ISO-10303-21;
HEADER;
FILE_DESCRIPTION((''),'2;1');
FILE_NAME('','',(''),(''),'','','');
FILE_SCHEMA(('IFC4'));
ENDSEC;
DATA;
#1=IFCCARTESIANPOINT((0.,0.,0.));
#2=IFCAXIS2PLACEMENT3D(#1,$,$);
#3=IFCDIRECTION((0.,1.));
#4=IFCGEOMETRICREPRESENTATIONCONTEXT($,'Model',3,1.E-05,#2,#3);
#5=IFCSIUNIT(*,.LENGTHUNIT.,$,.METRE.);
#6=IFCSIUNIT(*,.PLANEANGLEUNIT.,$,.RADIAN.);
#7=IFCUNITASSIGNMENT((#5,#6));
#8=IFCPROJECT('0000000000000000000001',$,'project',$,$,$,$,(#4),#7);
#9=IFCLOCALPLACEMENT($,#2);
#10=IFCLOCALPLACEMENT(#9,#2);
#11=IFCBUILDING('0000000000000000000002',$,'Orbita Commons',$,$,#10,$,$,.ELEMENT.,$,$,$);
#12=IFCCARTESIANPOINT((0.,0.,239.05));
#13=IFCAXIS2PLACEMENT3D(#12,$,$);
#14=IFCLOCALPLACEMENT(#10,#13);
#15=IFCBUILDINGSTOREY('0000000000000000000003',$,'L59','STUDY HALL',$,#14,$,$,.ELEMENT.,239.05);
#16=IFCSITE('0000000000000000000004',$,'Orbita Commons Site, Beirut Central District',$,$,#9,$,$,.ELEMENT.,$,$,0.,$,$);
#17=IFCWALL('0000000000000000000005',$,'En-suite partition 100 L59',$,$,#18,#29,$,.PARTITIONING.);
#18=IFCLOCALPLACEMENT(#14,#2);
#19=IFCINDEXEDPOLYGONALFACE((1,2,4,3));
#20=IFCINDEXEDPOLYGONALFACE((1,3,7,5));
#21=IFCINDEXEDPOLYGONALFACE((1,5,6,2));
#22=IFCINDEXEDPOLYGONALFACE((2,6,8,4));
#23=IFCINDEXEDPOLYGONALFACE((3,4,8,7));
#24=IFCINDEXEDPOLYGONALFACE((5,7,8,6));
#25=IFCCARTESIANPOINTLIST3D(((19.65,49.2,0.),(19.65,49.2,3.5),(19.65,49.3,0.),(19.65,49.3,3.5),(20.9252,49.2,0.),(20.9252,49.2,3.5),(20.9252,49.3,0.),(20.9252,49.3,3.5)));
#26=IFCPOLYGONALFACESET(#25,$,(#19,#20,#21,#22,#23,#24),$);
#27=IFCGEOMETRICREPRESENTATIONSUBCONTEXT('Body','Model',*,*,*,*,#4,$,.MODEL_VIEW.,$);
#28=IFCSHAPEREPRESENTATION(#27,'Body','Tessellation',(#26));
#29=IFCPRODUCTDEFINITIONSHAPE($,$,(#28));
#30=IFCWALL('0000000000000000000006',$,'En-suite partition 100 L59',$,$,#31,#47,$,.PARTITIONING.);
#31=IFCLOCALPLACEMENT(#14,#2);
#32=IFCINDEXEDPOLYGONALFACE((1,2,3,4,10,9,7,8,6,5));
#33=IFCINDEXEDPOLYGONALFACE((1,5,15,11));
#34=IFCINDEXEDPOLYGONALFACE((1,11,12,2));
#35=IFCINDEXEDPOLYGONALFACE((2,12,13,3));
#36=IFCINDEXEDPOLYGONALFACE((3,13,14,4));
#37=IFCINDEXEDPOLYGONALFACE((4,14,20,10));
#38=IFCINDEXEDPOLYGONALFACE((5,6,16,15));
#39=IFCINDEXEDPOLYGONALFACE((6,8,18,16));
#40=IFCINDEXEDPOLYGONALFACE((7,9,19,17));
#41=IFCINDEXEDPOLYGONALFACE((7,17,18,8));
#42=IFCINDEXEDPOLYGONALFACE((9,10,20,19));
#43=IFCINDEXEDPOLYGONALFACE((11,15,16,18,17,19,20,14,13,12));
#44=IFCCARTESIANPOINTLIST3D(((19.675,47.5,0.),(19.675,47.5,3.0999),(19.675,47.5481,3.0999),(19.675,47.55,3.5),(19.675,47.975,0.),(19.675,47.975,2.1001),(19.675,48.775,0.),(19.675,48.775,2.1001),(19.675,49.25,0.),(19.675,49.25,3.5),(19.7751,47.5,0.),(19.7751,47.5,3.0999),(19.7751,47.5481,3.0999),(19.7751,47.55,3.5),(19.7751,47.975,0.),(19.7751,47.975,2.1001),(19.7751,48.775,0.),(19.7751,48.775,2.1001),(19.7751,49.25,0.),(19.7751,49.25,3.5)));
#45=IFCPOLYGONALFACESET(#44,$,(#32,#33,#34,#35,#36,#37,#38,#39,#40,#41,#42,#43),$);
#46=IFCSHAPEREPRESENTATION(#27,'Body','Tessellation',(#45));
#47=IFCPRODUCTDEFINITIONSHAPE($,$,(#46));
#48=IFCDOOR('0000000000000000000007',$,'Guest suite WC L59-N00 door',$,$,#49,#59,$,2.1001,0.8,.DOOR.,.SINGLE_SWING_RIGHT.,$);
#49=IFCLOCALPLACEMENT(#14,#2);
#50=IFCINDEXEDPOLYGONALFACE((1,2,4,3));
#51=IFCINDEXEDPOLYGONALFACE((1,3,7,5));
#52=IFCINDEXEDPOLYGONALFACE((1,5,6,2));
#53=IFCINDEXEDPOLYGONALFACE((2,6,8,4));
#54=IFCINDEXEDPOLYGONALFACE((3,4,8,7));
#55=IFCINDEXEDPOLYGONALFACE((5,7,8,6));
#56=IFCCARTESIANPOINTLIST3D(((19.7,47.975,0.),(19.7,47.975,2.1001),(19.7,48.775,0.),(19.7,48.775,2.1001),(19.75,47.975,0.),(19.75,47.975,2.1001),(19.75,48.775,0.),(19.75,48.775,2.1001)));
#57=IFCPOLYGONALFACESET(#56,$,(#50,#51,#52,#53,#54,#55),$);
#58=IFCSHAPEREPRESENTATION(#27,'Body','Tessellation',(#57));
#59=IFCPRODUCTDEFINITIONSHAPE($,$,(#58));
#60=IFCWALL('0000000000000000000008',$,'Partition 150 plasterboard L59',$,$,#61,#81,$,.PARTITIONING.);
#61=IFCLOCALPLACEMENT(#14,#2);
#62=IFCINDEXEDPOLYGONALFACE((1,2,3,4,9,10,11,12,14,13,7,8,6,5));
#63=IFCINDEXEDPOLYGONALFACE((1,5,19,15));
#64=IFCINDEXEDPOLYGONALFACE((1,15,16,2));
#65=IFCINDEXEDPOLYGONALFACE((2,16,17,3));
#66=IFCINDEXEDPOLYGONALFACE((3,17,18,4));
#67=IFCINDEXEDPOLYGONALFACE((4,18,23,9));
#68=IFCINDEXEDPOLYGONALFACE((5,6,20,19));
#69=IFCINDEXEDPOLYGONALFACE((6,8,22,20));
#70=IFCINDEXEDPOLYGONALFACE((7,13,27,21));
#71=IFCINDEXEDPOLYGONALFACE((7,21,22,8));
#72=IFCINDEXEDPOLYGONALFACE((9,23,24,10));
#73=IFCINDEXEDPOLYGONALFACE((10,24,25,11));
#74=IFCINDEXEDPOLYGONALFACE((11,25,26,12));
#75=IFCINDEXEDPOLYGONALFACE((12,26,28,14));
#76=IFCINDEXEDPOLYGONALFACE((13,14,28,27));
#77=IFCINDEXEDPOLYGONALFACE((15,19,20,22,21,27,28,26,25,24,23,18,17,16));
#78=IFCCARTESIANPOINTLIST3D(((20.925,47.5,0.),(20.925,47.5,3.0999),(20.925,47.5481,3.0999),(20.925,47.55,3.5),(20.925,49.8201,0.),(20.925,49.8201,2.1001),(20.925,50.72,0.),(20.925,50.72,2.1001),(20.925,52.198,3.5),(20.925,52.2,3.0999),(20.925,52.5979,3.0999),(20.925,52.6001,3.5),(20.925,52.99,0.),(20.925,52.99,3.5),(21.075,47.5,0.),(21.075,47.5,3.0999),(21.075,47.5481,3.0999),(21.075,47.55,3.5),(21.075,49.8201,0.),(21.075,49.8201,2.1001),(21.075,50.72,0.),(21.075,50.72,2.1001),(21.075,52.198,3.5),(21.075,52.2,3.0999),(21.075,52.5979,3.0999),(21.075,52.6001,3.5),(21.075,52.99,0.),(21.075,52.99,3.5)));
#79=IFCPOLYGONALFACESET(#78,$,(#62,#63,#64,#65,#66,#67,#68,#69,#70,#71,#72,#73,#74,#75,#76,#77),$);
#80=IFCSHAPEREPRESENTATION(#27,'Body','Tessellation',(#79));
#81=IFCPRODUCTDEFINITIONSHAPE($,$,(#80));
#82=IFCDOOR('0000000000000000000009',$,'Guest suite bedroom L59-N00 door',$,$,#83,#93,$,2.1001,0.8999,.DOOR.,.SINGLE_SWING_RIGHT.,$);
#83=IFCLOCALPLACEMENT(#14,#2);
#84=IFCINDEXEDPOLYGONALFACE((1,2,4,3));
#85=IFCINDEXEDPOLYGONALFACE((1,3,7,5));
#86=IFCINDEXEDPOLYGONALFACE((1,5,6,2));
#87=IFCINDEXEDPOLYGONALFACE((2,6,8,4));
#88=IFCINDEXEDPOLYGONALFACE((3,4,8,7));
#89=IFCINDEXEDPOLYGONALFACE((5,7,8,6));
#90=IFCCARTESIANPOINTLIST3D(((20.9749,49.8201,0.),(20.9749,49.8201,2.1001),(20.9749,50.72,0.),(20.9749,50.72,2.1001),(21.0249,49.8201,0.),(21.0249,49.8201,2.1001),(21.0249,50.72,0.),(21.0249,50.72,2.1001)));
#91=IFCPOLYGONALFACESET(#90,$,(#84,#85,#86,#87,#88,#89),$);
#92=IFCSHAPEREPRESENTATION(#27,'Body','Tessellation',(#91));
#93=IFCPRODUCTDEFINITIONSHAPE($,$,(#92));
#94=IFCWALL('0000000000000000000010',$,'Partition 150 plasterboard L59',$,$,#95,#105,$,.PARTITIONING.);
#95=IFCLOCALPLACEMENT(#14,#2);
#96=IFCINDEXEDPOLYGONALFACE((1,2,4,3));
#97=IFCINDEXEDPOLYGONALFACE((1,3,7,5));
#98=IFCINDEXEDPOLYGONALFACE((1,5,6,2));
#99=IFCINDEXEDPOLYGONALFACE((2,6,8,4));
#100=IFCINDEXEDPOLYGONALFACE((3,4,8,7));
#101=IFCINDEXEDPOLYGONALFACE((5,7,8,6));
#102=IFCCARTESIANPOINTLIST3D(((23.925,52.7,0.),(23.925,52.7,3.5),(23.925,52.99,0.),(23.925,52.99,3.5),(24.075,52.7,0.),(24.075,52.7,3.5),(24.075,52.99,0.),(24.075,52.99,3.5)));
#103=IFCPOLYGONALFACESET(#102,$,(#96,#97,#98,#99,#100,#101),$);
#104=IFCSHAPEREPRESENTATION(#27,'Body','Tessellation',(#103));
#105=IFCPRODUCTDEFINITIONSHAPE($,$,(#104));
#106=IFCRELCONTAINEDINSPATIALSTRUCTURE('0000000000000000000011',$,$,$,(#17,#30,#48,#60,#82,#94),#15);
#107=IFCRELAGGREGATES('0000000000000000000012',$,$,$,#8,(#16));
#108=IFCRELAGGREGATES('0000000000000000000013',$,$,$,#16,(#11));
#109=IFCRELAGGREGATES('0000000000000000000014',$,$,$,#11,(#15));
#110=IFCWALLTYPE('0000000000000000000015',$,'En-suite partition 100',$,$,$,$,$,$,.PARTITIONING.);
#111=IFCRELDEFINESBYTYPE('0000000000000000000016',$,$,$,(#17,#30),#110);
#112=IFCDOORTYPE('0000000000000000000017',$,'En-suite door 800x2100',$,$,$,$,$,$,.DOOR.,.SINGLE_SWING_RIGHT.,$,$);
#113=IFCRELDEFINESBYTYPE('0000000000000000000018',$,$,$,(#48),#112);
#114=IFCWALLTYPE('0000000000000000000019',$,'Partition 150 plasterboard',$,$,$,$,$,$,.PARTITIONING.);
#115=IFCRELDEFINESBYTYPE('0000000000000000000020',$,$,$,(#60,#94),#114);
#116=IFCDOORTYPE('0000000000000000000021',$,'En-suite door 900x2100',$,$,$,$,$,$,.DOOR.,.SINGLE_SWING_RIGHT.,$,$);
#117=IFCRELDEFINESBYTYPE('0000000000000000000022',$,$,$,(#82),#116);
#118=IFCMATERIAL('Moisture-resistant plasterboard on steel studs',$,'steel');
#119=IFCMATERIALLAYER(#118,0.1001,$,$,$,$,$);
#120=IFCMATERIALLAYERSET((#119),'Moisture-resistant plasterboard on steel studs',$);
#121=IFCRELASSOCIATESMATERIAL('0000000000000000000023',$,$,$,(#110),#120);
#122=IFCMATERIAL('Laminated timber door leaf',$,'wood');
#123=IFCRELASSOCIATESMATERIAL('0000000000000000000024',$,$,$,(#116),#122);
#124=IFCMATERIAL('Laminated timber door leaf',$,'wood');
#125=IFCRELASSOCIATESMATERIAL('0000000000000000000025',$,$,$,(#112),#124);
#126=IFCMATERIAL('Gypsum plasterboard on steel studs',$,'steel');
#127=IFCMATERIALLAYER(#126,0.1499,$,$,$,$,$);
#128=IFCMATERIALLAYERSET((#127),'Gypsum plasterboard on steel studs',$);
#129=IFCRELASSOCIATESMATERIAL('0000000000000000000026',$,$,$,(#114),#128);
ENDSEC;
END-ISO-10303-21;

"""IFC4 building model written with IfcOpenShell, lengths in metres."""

from ifc_helpers import new_model, si_unit, direction, frame, frame_2d, origin, place, context, subcontext, project, spatial, polyline, rectangle, outline, extrude, material, layer, layer_set, type_object, element, fill, save


model = new_model("IFC4")

# Units and contexts
model_context = context("Model", 3, precision=1e-05, world=origin(), true_north=direction((0.0, 1.0)))
body_context = subcontext(model_context, "Body", "Model", "MODEL_VIEW")
ifc_project = project(units=[si_unit("LENGTHUNIT", "METRE"), si_unit("PLANEANGLEUNIT", "RADIAN")], contexts=[model_context])

# Site, building, storey
site_placement = place(None, origin())
site = spatial("IfcSite", under=ifc_project, at=site_placement, Name="Orbita Commons Site, Beirut Central District", CompositionType="ELEMENT", RefElevation=0.0)
building_placement = place(site_placement, origin())
building = spatial("IfcBuilding", under=site, at=building_placement, Name="Orbita Commons", CompositionType="ELEMENT")
storey_placement = place(building_placement, frame((0.0, 0.0, 239.05)))
storey = spatial("IfcBuildingStorey", under=building, at=storey_placement, Name="L59", Description="STUDY HALL", CompositionType="ELEMENT", Elevation=239.05)

# Shared definitions
ifc_material_1 = material(Name="Moisture-resistant plasterboard on steel studs", Category="steel")
ifc_layer_1 = layer(ifc_material_1, 0.1001)
ifc_layer_set_1 = layer_set([ifc_layer_1], Name="Moisture-resistant plasterboard on steel studs")
wall_type_1 = type_object("IfcWallType", Name="En-suite partition 100", PredefinedType="PARTITIONING", material=ifc_layer_set_1)
ifc_material_2 = material(Name="Laminated timber door leaf", Category="wood")
door_type_1 = type_object("IfcDoorType", Name="En-suite door 900x2100", OperationType="SINGLE_SWING_RIGHT", PredefinedType="DOOR", material=ifc_material_2)

# Wall
wall_1_placement = place(storey_placement, frame((19.6499, 49.25, 0.0), z_axis=(0.0, 0.0, 1.0), x_axis=(1.0, 0.0, 0.0)))
element("IfcWall", 1, at=wall_1_placement, inside=storey, type_object=wall_type_1, Name="En-suite partition 100 L59", PredefinedType="PARTITIONING", context=body_context, shape_type="SweptSolid", body=[
    extrude(rectangle(XDim=1.2751, YDim=0.1001, at=frame_2d((0.6377, 0.0))), origin(), (0.0, 0.0, 1.0), 3.5),
])

# Walls, openings, doors
wall_2_placement = place(storey_placement, frame((19.7251, 49.25, 0.0), z_axis=(0.0, 0.0, 1.0), x_axis=(0.0, -1.0, 0.0)))
wall_2 = element("IfcWall", 2, at=wall_2_placement, inside=storey, type_object=wall_type_1, Name="En-suite partition 100 L59", PredefinedType="PARTITIONING", context=body_context, shape_type="SweptSolid", body=[
    extrude(outline(polyline([(0.0, 0.0), (1.75, 0.0), (1.75, 3.0999), (1.7019, 3.0999), (1.7, 3.5), (0.0, 3.5), (0.0, 0.0)])), frame((0.0, 0.05, 0.0), z_axis=(0.0, -1.0, 0.0), x_axis=(1.0, 0.0, 0.0)), (0.0, 0.0, 1.0), 0.1001),
])
opening_1_placement = place(wall_2_placement, frame((0.4751, 0.0, 0.0)))
opening_1 = element("IfcOpeningElement", 3, at=opening_1_placement, cuts=wall_2, PredefinedType="OPENING", context=body_context, shape_type="SweptSolid", body=[
    extrude(rectangle(XDim=0.8, YDim=2.1001, at=frame_2d((0.3999, 1.05))), frame((0.0, 0.0601, 0.0), z_axis=(0.0, -1.0, 0.0), x_axis=(1.0, 0.0, 0.0)), (0.0, 0.0, 1.0), 0.1201),
])
ifc_material_3 = material(Name="Laminated timber door leaf", Category="wood")
door_type_2 = type_object("IfcDoorType", Name="En-suite door 800x2100", OperationType="SINGLE_SWING_RIGHT", PredefinedType="DOOR", material=ifc_material_3)
door_1_placement = place(opening_1_placement, origin())
door_1 = element("IfcDoor", 4, at=door_1_placement, inside=storey, type_object=door_type_2, Name="Guest suite WC L59-N00 door", OperationType="SINGLE_SWING_RIGHT", OverallHeight=2.1001, OverallWidth=0.8, PredefinedType="DOOR", context=body_context, shape_type="SweptSolid", body=[
    extrude(rectangle(XDim=0.8, YDim=2.1001, at=frame_2d((0.3999, 1.05))), frame((0.0, 0.0249, 0.0), z_axis=(0.0, -1.0, 0.0), x_axis=(1.0, 0.0, 0.0)), (0.0, 0.0, 1.0), 0.05),
])
fill(opening_1, door_1)
ifc_material_4 = material(Name="Gypsum plasterboard on steel studs", Category="steel")
ifc_layer_2 = layer(ifc_material_4, 0.1499)
ifc_layer_set_2 = layer_set([ifc_layer_2], Name="Gypsum plasterboard on steel studs")
wall_type_2 = type_object("IfcWallType", Name="Partition 150 plasterboard", PredefinedType="PARTITIONING", material=ifc_layer_set_2)
wall_3_placement = place(storey_placement, frame((21.0, 52.99, 0.0), z_axis=(0.0, 0.0, 1.0), x_axis=(0.0, -1.0, 0.0)))
wall_3 = element("IfcWall", 5, at=wall_3_placement, inside=storey, type_object=wall_type_2, Name="Partition 150 plasterboard L59", PredefinedType="PARTITIONING", context=body_context, shape_type="SweptSolid", body=[
    extrude(outline(polyline([(0.0, 0.0), (5.49, 0.0), (5.49, 3.0999), (5.4419, 3.0999), (5.4399, 3.5), (0.792, 3.5), (0.79, 3.0999), (0.3921, 3.0999), (0.3899, 3.5), (0.0, 3.5), (0.0, 0.0)])), frame((0.0, 0.075, 0.0), z_axis=(0.0, -1.0, 0.0), x_axis=(1.0, 0.0, 0.0)), (0.0, 0.0, 1.0), 0.1499),
])
opening_2_placement = place(wall_3_placement, frame((2.27, 0.0, 0.0)))
opening_2 = element("IfcOpeningElement", 6, at=opening_2_placement, cuts=wall_3, PredefinedType="OPENING", context=body_context, shape_type="SweptSolid", body=[
    extrude(rectangle(XDim=0.8999, YDim=2.1001, at=frame_2d((0.45, 1.05))), frame((0.0, 0.085, 0.0), z_axis=(0.0, -1.0, 0.0), x_axis=(1.0, 0.0, 0.0)), (0.0, 0.0, 1.0), 0.1699),
])
door_2_placement = place(opening_2_placement, origin())
door_2 = element("IfcDoor", 7, at=door_2_placement, inside=storey, type_object=door_type_1, Name="Guest suite bedroom L59-N00 door", OperationType="SINGLE_SWING_RIGHT", OverallHeight=2.1001, OverallWidth=0.8999, PredefinedType="DOOR", context=body_context, shape_type="SweptSolid", body=[
    extrude(rectangle(XDim=0.8999, YDim=2.1001, at=frame_2d((0.45, 1.05))), frame((0.0, 0.0249, 0.0), z_axis=(0.0, -1.0, 0.0), x_axis=(1.0, 0.0, 0.0)), (0.0, 0.0, 1.0), 0.05),
])
fill(opening_2, door_2)

# Wall
wall_4_placement = place(storey_placement, frame((24.0, 52.7, 0.0), z_axis=(0.0, 0.0, 1.0), x_axis=(0.0, 1.0, 0.0)))
element("IfcWall", 8, at=wall_4_placement, inside=storey, type_object=wall_type_2, Name="Partition 150 plasterboard L59", PredefinedType="PARTITIONING", context=body_context, shape_type="SweptSolid", body=[
    extrude(rectangle(XDim=0.29, YDim=0.1499, at=frame_2d((0.145, 0.0))), origin(), (0.0, 0.0, 1.0), 3.5),
])

save(model, "model.ifc")
